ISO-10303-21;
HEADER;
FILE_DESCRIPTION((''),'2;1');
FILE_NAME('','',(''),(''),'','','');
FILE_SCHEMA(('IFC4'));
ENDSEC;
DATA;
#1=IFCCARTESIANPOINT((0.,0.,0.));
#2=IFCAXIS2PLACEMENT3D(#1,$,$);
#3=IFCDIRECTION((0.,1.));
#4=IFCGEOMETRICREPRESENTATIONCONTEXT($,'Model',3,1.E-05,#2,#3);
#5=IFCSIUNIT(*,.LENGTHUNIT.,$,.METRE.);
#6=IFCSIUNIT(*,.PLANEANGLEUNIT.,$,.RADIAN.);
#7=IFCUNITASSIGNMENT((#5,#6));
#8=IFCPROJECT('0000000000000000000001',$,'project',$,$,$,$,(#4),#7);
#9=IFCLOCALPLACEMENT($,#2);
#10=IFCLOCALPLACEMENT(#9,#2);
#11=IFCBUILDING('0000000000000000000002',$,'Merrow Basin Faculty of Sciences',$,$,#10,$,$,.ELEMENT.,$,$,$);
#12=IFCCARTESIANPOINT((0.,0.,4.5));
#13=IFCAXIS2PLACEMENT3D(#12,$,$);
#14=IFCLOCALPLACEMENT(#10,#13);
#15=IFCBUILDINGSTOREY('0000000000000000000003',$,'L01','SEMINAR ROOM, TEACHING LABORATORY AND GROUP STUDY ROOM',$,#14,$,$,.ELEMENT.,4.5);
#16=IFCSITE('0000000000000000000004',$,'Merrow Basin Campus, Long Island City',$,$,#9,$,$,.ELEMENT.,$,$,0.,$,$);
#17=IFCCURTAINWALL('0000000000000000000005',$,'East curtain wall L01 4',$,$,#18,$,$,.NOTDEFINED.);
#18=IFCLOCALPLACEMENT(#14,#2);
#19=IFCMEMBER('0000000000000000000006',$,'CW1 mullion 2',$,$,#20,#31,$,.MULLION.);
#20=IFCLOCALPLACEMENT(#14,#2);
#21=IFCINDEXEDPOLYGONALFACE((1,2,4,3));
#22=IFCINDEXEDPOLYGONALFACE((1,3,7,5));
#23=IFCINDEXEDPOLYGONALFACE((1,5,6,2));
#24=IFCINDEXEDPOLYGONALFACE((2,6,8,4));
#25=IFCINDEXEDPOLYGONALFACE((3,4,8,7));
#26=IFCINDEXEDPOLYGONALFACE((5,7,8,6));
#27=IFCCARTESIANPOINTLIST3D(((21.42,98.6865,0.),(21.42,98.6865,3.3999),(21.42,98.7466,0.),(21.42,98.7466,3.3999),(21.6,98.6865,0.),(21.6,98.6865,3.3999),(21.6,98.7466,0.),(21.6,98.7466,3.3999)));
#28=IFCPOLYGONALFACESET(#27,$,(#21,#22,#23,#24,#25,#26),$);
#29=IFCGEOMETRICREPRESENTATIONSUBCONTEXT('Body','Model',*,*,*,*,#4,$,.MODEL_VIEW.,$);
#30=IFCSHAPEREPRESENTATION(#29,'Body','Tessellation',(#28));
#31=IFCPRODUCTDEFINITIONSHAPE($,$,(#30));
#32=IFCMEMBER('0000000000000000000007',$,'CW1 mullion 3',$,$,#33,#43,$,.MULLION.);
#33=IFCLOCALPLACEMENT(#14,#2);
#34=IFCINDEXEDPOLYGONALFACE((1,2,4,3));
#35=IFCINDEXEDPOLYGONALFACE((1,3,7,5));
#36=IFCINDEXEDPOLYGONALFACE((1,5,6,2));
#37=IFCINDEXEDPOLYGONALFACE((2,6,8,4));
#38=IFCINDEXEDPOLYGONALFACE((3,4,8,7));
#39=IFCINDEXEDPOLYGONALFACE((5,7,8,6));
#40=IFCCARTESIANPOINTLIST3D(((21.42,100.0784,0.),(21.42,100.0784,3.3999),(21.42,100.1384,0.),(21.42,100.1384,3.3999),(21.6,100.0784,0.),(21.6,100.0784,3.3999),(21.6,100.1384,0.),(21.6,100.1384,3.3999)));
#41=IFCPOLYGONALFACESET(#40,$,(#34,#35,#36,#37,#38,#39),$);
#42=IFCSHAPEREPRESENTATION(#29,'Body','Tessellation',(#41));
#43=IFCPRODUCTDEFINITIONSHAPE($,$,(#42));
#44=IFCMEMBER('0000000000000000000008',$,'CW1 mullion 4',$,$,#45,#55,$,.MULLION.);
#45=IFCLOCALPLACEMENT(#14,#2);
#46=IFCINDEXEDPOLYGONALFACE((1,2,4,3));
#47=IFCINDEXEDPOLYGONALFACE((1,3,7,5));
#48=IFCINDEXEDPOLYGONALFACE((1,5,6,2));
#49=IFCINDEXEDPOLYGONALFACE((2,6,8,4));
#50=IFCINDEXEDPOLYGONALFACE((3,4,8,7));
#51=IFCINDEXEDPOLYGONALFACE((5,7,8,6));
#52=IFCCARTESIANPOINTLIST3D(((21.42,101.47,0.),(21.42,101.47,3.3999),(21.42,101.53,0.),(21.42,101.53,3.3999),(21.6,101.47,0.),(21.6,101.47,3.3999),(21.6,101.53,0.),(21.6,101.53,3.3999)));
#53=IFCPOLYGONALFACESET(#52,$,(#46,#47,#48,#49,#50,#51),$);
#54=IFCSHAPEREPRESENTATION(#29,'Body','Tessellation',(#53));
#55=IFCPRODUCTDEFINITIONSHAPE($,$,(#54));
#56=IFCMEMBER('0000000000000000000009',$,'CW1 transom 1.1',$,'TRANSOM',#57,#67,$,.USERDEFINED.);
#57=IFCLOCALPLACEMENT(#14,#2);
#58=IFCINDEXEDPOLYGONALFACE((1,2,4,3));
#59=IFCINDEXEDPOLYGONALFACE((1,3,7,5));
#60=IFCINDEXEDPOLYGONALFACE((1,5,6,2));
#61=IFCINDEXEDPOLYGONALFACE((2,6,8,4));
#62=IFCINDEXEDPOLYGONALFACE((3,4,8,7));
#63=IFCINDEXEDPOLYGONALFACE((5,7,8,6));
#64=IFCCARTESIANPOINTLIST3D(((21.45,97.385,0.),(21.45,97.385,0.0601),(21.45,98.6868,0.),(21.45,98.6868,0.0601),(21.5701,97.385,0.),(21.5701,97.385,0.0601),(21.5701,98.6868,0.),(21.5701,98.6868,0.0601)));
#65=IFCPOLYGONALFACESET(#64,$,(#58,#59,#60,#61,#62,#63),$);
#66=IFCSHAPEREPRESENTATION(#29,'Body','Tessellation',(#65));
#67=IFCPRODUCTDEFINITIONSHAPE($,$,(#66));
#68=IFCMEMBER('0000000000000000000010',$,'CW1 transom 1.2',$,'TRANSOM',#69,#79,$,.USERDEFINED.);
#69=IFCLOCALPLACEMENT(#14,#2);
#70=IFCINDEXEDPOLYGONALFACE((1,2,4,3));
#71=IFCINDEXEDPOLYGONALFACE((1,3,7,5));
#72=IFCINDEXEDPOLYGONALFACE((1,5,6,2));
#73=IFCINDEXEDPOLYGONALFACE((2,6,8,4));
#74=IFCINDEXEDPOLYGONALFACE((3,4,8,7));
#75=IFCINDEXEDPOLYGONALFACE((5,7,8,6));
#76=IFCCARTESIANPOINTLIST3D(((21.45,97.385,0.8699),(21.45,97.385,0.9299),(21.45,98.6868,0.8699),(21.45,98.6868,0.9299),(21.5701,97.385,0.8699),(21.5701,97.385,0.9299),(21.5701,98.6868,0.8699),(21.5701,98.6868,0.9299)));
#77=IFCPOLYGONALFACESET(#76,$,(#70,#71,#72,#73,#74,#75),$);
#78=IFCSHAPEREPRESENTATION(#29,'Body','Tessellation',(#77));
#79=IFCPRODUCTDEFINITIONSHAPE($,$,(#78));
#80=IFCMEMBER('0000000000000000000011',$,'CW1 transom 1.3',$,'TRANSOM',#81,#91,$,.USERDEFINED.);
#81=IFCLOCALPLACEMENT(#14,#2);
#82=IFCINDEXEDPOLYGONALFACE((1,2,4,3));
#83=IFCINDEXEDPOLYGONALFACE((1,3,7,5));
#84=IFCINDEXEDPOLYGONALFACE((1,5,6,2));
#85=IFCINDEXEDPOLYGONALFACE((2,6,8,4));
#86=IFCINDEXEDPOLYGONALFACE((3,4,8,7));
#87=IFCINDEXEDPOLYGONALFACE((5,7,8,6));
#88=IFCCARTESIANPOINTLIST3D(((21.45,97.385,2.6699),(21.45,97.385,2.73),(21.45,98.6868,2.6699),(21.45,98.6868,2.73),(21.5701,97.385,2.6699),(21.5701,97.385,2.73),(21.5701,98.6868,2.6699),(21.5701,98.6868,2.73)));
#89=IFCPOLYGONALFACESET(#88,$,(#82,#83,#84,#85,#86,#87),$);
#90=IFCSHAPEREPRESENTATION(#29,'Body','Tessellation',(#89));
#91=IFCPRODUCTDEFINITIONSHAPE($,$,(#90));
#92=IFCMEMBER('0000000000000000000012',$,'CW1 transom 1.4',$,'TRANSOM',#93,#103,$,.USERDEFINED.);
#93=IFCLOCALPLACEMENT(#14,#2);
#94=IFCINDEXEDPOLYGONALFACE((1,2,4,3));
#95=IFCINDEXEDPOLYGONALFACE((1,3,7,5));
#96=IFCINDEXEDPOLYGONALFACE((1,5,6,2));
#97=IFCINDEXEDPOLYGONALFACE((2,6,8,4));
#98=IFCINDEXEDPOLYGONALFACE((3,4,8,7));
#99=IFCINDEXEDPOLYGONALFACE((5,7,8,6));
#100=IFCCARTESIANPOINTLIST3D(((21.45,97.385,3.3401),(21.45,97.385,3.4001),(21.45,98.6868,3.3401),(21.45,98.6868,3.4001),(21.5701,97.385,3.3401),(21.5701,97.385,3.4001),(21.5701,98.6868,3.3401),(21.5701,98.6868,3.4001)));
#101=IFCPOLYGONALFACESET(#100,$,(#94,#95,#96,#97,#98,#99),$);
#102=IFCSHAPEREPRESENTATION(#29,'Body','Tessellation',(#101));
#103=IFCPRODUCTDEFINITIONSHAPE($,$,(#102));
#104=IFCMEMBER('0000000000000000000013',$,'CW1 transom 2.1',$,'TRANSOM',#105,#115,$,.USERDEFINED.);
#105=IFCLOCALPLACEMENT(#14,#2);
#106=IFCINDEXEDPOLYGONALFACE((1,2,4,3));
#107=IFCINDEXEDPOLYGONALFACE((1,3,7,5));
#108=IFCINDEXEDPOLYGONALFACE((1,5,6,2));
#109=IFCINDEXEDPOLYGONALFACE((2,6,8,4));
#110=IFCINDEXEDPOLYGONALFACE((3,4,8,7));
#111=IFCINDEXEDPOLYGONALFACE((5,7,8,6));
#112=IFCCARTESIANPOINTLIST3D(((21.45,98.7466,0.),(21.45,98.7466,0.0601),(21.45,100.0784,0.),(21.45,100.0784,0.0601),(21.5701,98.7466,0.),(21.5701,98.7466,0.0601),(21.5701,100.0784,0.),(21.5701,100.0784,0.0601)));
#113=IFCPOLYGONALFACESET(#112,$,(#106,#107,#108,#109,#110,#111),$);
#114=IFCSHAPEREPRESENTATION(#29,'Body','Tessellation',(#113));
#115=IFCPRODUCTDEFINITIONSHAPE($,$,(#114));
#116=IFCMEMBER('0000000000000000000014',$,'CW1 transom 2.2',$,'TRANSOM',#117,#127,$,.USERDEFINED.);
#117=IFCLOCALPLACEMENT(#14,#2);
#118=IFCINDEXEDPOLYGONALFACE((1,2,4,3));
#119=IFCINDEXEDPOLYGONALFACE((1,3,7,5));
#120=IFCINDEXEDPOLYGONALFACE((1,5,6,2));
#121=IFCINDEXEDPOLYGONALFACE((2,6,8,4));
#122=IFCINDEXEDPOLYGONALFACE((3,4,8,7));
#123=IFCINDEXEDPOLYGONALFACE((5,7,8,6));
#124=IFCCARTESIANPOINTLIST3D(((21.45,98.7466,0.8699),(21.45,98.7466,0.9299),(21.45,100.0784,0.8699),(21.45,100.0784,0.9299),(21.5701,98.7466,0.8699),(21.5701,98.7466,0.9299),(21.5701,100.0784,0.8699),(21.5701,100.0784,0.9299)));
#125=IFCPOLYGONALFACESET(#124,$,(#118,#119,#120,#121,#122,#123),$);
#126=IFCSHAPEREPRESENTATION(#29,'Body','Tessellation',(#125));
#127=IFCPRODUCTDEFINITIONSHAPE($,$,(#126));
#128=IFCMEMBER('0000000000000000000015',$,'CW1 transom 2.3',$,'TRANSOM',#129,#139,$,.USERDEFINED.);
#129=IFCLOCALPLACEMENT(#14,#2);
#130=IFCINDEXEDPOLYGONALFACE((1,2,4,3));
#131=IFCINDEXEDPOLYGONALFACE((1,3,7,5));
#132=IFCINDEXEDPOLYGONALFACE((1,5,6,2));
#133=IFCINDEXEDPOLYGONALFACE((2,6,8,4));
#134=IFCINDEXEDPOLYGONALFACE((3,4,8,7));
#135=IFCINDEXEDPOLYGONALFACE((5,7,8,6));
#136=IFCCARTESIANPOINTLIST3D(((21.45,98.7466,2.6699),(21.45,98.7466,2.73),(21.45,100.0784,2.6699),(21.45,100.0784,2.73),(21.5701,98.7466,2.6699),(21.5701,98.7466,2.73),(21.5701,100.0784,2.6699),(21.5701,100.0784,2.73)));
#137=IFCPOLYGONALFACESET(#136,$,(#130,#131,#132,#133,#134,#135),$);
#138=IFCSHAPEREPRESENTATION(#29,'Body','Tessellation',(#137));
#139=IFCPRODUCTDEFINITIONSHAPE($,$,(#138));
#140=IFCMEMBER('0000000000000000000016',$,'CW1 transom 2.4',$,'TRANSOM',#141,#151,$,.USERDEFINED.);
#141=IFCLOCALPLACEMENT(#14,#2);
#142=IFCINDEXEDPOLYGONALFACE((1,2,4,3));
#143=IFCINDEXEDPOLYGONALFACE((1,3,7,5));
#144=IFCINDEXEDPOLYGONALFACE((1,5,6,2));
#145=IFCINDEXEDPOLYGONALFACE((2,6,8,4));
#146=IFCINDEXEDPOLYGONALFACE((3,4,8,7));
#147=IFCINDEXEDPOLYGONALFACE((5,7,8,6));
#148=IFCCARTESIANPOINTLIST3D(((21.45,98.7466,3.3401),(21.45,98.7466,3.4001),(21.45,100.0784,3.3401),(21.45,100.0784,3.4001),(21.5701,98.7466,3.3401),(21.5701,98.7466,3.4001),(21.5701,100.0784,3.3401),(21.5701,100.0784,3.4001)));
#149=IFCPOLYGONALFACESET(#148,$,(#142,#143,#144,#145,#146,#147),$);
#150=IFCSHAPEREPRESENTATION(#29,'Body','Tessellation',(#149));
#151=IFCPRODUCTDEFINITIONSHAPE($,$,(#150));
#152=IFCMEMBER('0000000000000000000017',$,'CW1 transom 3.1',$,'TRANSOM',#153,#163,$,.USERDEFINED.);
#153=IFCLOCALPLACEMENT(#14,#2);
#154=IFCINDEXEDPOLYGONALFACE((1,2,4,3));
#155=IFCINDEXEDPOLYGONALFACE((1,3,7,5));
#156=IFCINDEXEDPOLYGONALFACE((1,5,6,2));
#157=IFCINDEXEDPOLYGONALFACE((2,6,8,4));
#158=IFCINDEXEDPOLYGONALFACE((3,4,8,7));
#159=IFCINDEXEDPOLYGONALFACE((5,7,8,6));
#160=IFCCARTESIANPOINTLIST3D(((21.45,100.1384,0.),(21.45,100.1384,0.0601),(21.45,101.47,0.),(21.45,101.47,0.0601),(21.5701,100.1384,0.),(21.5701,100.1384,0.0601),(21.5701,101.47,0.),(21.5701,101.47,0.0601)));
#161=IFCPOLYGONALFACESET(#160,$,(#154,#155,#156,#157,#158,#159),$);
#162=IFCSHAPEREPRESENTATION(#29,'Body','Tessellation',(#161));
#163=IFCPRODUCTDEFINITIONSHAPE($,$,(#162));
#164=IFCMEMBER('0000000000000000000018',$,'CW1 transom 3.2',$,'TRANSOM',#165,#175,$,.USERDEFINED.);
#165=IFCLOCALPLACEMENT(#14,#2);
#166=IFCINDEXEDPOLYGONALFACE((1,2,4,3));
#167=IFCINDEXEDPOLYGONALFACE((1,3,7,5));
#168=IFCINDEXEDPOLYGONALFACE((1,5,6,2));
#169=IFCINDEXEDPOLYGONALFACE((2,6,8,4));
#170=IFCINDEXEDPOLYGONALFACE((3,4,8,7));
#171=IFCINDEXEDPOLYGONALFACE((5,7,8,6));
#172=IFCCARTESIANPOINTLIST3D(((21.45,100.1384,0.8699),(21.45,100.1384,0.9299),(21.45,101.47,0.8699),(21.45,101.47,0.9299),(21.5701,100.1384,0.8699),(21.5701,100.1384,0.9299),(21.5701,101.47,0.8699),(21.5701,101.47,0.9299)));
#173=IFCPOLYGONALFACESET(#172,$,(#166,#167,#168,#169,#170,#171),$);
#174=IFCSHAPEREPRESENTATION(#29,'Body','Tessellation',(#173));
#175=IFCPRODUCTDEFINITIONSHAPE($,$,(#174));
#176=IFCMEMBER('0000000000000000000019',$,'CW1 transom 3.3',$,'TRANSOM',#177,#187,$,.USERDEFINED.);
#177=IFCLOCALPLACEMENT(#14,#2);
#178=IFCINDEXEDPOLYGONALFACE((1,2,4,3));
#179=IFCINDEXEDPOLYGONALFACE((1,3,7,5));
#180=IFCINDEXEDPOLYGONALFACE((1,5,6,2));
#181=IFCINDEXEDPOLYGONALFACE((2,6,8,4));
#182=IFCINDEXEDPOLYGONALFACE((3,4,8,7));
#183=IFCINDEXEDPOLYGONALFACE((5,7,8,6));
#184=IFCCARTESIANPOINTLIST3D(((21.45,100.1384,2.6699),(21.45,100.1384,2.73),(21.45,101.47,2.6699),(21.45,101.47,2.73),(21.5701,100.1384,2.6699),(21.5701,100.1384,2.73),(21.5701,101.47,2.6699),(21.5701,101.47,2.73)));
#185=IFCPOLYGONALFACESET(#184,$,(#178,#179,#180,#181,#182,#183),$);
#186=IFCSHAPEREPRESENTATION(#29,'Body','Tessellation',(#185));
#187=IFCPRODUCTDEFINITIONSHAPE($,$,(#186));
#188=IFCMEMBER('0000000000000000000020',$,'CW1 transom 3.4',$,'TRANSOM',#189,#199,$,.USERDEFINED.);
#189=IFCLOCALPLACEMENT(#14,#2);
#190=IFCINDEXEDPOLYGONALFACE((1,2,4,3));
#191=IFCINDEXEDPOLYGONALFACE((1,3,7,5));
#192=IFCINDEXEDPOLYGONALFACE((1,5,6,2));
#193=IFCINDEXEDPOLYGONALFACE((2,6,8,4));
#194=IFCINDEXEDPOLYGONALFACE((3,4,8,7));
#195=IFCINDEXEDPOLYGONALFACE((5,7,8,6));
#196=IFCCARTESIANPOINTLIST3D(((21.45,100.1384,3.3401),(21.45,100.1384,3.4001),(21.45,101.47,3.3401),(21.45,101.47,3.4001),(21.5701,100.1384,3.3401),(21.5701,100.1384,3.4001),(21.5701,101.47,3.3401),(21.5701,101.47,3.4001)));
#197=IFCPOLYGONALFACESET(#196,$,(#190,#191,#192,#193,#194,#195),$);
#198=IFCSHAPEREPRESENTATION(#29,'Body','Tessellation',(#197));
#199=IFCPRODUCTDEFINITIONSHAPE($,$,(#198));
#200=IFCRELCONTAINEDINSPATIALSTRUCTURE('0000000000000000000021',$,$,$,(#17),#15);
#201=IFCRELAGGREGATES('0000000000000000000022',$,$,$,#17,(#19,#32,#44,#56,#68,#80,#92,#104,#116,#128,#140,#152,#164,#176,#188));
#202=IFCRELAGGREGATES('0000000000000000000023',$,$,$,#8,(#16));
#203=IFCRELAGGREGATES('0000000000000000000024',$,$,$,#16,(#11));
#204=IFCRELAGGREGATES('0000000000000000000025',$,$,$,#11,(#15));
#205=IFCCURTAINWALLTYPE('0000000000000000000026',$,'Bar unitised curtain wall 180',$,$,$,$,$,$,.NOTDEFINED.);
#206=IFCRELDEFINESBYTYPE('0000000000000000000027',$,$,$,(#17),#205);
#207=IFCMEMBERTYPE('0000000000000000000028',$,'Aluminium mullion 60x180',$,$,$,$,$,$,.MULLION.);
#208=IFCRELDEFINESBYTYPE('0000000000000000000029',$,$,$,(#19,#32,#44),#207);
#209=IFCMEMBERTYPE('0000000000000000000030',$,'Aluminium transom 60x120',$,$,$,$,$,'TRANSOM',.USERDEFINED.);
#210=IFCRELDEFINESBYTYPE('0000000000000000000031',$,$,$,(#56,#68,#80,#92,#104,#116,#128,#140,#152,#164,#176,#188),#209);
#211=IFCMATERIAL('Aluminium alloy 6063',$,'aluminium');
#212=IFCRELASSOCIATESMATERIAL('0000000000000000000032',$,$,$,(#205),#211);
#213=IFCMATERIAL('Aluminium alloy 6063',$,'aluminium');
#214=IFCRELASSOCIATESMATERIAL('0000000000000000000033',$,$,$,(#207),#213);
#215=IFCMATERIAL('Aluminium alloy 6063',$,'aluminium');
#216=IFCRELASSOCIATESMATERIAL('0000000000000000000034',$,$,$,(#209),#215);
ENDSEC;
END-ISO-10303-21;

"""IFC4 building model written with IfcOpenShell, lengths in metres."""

from ifc_helpers import new_model, si_unit, direction, frame, origin, origin_2d, place, context, subcontext, project, spatial, rectangle, extrude, material, material_profile, profile_set, type_object, element, aggregate, save


model = new_model("IFC4")

# Units and contexts
model_context = context("Model", 3, precision=1e-05, world=origin(), true_north=direction((0.0, 1.0)))
body_context = subcontext(model_context, "Body", "Model", "MODEL_VIEW")
ifc_project = project(units=[si_unit("LENGTHUNIT", "METRE"), si_unit("PLANEANGLEUNIT", "RADIAN")], contexts=[model_context])

# Site, building, storey
site_placement = place(None, origin())
site = spatial("IfcSite", under=ifc_project, at=site_placement, Name="Merrow Basin Campus, Long Island City", CompositionType="ELEMENT", RefElevation=0.0)
building_placement = place(site_placement, origin())
building = spatial("IfcBuilding", under=site, at=building_placement, Name="Merrow Basin Faculty of Sciences", CompositionType="ELEMENT")
storey_placement = place(building_placement, frame((0.0, 0.0, 4.5)))
storey = spatial("IfcBuildingStorey", under=building, at=storey_placement, Name="L01", Description="SEMINAR ROOM, TEACHING LABORATORY AND GROUP STUDY ROOM", CompositionType="ELEMENT", Elevation=4.5)

# Curtain wall, members
ifc_material_1 = material(Name="Aluminium alloy 6063", Category="aluminium")
curtain_wall_type = type_object("IfcCurtainWallType", Name="Bar unitised curtain wall 180", PredefinedType="NOTDEFINED", material=ifc_material_1)
curtain_wall_placement = place(storey_placement, origin())
curtain_wall = element("IfcCurtainWall", 1, at=curtain_wall_placement, inside=storey, type_object=curtain_wall_type, Name="East curtain wall L01 4", PredefinedType="NOTDEFINED")
ifc_material_2 = material(Name="Aluminium alloy 6063", Category="aluminium")
ifc_material_profile_1 = material_profile(ifc_material_2, rectangle(XDim=0.1799, YDim=0.0601, at=origin_2d()))
ifc_profile_set_1 = profile_set([ifc_material_profile_1], Name="Aluminium alloy 6063")
member_type_1 = type_object("IfcMemberType", Name="Aluminium mullion 60x180", PredefinedType="MULLION", material=ifc_profile_set_1)
member_1_placement = place(storey_placement, frame((21.51, 98.7166, 0.0), z_axis=(0.0, 0.0, 1.0), x_axis=(-1.0, 0.0, 0.0)))
member_1 = element("IfcMember", 2, at=member_1_placement, type_object=member_type_1, Name="CW1 mullion 2", PredefinedType="MULLION", context=body_context, shape_type="SweptSolid", body=[
    extrude(rectangle(XDim=0.1799, YDim=0.0601, at=origin_2d()), origin(), (0.0, 0.0, 1.0), 3.3999),
])
member_2_placement = place(storey_placement, frame((21.51, 100.1084, 0.0), z_axis=(0.0, 0.0, 1.0), x_axis=(-1.0, 0.0, 0.0)))
member_2 = element("IfcMember", 3, at=member_2_placement, type_object=member_type_1, Name="CW1 mullion 3", PredefinedType="MULLION", context=body_context, shape_type="SweptSolid", body=[
    extrude(rectangle(XDim=0.1799, YDim=0.0601, at=origin_2d()), origin(), (0.0, 0.0, 1.0), 3.3999),
])
member_3_placement = place(storey_placement, frame((21.51, 101.5, 0.0), z_axis=(0.0, 0.0, 1.0), x_axis=(-1.0, 0.0, 0.0)))
member_3 = element("IfcMember", 4, at=member_3_placement, type_object=member_type_1, Name="CW1 mullion 4", PredefinedType="MULLION", context=body_context, shape_type="SweptSolid", body=[
    extrude(rectangle(XDim=0.1799, YDim=0.0601, at=origin_2d()), origin(), (0.0, 0.0, 1.0), 3.3999),
])
ifc_material_3 = material(Name="Aluminium alloy 6063", Category="aluminium")
ifc_material_profile_2 = material_profile(ifc_material_3, rectangle(XDim=0.1201, YDim=0.0601, at=origin_2d()))
ifc_profile_set_2 = profile_set([ifc_material_profile_2], Name="Aluminium alloy 6063")
member_type_2 = type_object("IfcMemberType", Name="Aluminium transom 60x120", ElementType="TRANSOM", PredefinedType="USERDEFINED", material=ifc_profile_set_2)
member_4_placement = place(storey_placement, frame((21.51, 97.385, 0.03), z_axis=(0.0, 1.0, 0.0), x_axis=(-1.0, 0.0, 0.0)))
member_4 = element("IfcMember", 5, at=member_4_placement, type_object=member_type_2, Name="CW1 transom 1.1", ObjectType="TRANSOM", PredefinedType="USERDEFINED", context=body_context, shape_type="SweptSolid", body=[
    extrude(rectangle(XDim=0.1201, YDim=0.0601, at=origin_2d()), origin(), (0.0, 0.0, 1.0), 1.3018),
])
member_5_placement = place(storey_placement, frame((21.51, 97.385, 0.8999), z_axis=(0.0, 1.0, 0.0), x_axis=(-1.0, 0.0, 0.0)))
member_5 = element("IfcMember", 6, at=member_5_placement, type_object=member_type_2, Name="CW1 transom 1.2", ObjectType="TRANSOM", PredefinedType="USERDEFINED", context=body_context, shape_type="SweptSolid", body=[
    extrude(rectangle(XDim=0.1201, YDim=0.0601, at=origin_2d()), origin(), (0.0, 0.0, 1.0), 1.3018),
])
member_6_placement = place(storey_placement, frame((21.51, 97.385, 2.7), z_axis=(0.0, 1.0, 0.0), x_axis=(-1.0, 0.0, 0.0)))
member_6 = element("IfcMember", 7, at=member_6_placement, type_object=member_type_2, Name="CW1 transom 1.3", ObjectType="TRANSOM", PredefinedType="USERDEFINED", context=body_context, shape_type="SweptSolid", body=[
    extrude(rectangle(XDim=0.1201, YDim=0.0601, at=origin_2d()), origin(), (0.0, 0.0, 1.0), 1.3018),
])
member_7_placement = place(storey_placement, frame((21.51, 97.385, 3.3701), z_axis=(0.0, 1.0, 0.0), x_axis=(-1.0, 0.0, 0.0)))
member_7 = element("IfcMember", 8, at=member_7_placement, type_object=member_type_2, Name="CW1 transom 1.4", ObjectType="TRANSOM", PredefinedType="USERDEFINED", context=body_context, shape_type="SweptSolid", body=[
    extrude(rectangle(XDim=0.1201, YDim=0.0601, at=origin_2d()), origin(), (0.0, 0.0, 1.0), 1.3018),
])
member_8_placement = place(storey_placement, frame((21.51, 98.7466, 0.03), z_axis=(0.0, 1.0, 0.0), x_axis=(-1.0, 0.0, 0.0)))
member_8 = element("IfcMember", 9, at=member_8_placement, type_object=member_type_2, Name="CW1 transom 2.1", ObjectType="TRANSOM", PredefinedType="USERDEFINED", context=body_context, shape_type="SweptSolid", body=[
    extrude(rectangle(XDim=0.1201, YDim=0.0601, at=origin_2d()), origin(), (0.0, 0.0, 1.0), 1.3318),
])
member_9_placement = place(storey_placement, frame((21.51, 98.7466, 0.8999), z_axis=(0.0, 1.0, 0.0), x_axis=(-1.0, 0.0, 0.0)))
member_9 = element("IfcMember", 10, at=member_9_placement, type_object=member_type_2, Name="CW1 transom 2.2", ObjectType="TRANSOM", PredefinedType="USERDEFINED", context=body_context, shape_type="SweptSolid", body=[
    extrude(rectangle(XDim=0.1201, YDim=0.0601, at=origin_2d()), origin(), (0.0, 0.0, 1.0), 1.3318),
])
member_10_placement = place(storey_placement, frame((21.51, 98.7466, 2.7), z_axis=(0.0, 1.0, 0.0), x_axis=(-1.0, 0.0, 0.0)))
member_10 = element("IfcMember", 11, at=member_10_placement, type_object=member_type_2, Name="CW1 transom 2.3", ObjectType="TRANSOM", PredefinedType="USERDEFINED", context=body_context, shape_type="SweptSolid", body=[
    extrude(rectangle(XDim=0.1201, YDim=0.0601, at=origin_2d()), origin(), (0.0, 0.0, 1.0), 1.3318),
])
member_11_placement = place(storey_placement, frame((21.51, 98.7466, 3.3701), z_axis=(0.0, 1.0, 0.0), x_axis=(-1.0, 0.0, 0.0)))
member_11 = element("IfcMember", 12, at=member_11_placement, type_object=member_type_2, Name="CW1 transom 2.4", ObjectType="TRANSOM", PredefinedType="USERDEFINED", context=body_context, shape_type="SweptSolid", body=[
    extrude(rectangle(XDim=0.1201, YDim=0.0601, at=origin_2d()), origin(), (0.0, 0.0, 1.0), 1.3318),
])
member_12_placement = place(storey_placement, frame((21.51, 100.1384, 0.03), z_axis=(0.0, 1.0, 0.0), x_axis=(-1.0, 0.0, 0.0)))
member_12 = element("IfcMember", 13, at=member_12_placement, type_object=member_type_2, Name="CW1 transom 3.1", ObjectType="TRANSOM", PredefinedType="USERDEFINED", context=body_context, shape_type="SweptSolid", body=[
    extrude(rectangle(XDim=0.1201, YDim=0.0601, at=origin_2d()), origin(), (0.0, 0.0, 1.0), 1.3315),
])
member_13_placement = place(storey_placement, frame((21.51, 100.1384, 0.8999), z_axis=(0.0, 1.0, 0.0), x_axis=(-1.0, 0.0, 0.0)))
member_13 = element("IfcMember", 14, at=member_13_placement, type_object=member_type_2, Name="CW1 transom 3.2", ObjectType="TRANSOM", PredefinedType="USERDEFINED", context=body_context, shape_type="SweptSolid", body=[
    extrude(rectangle(XDim=0.1201, YDim=0.0601, at=origin_2d()), origin(), (0.0, 0.0, 1.0), 1.3315),
])
member_14_placement = place(storey_placement, frame((21.51, 100.1384, 2.7), z_axis=(0.0, 1.0, 0.0), x_axis=(-1.0, 0.0, 0.0)))
member_14 = element("IfcMember", 15, at=member_14_placement, type_object=member_type_2, Name="CW1 transom 3.3", ObjectType="TRANSOM", PredefinedType="USERDEFINED", context=body_context, shape_type="SweptSolid", body=[
    extrude(rectangle(XDim=0.1201, YDim=0.0601, at=origin_2d()), origin(), (0.0, 0.0, 1.0), 1.3315),
])
member_15_placement = place(storey_placement, frame((21.51, 100.1384, 3.3701), z_axis=(0.0, 1.0, 0.0), x_axis=(-1.0, 0.0, 0.0)))
member_15 = element("IfcMember", 16, at=member_15_placement, type_object=member_type_2, Name="CW1 transom 3.4", ObjectType="TRANSOM", PredefinedType="USERDEFINED", context=body_context, shape_type="SweptSolid", body=[
    extrude(rectangle(XDim=0.1201, YDim=0.0601, at=origin_2d()), origin(), (0.0, 0.0, 1.0), 1.3315),
])

aggregate(curtain_wall, [member_1, member_2, member_3, member_4, member_5, member_6, member_7, member_8, member_9, member_10, member_11, member_12, member_13, member_14, member_15])

save(model, "model.ifc")
